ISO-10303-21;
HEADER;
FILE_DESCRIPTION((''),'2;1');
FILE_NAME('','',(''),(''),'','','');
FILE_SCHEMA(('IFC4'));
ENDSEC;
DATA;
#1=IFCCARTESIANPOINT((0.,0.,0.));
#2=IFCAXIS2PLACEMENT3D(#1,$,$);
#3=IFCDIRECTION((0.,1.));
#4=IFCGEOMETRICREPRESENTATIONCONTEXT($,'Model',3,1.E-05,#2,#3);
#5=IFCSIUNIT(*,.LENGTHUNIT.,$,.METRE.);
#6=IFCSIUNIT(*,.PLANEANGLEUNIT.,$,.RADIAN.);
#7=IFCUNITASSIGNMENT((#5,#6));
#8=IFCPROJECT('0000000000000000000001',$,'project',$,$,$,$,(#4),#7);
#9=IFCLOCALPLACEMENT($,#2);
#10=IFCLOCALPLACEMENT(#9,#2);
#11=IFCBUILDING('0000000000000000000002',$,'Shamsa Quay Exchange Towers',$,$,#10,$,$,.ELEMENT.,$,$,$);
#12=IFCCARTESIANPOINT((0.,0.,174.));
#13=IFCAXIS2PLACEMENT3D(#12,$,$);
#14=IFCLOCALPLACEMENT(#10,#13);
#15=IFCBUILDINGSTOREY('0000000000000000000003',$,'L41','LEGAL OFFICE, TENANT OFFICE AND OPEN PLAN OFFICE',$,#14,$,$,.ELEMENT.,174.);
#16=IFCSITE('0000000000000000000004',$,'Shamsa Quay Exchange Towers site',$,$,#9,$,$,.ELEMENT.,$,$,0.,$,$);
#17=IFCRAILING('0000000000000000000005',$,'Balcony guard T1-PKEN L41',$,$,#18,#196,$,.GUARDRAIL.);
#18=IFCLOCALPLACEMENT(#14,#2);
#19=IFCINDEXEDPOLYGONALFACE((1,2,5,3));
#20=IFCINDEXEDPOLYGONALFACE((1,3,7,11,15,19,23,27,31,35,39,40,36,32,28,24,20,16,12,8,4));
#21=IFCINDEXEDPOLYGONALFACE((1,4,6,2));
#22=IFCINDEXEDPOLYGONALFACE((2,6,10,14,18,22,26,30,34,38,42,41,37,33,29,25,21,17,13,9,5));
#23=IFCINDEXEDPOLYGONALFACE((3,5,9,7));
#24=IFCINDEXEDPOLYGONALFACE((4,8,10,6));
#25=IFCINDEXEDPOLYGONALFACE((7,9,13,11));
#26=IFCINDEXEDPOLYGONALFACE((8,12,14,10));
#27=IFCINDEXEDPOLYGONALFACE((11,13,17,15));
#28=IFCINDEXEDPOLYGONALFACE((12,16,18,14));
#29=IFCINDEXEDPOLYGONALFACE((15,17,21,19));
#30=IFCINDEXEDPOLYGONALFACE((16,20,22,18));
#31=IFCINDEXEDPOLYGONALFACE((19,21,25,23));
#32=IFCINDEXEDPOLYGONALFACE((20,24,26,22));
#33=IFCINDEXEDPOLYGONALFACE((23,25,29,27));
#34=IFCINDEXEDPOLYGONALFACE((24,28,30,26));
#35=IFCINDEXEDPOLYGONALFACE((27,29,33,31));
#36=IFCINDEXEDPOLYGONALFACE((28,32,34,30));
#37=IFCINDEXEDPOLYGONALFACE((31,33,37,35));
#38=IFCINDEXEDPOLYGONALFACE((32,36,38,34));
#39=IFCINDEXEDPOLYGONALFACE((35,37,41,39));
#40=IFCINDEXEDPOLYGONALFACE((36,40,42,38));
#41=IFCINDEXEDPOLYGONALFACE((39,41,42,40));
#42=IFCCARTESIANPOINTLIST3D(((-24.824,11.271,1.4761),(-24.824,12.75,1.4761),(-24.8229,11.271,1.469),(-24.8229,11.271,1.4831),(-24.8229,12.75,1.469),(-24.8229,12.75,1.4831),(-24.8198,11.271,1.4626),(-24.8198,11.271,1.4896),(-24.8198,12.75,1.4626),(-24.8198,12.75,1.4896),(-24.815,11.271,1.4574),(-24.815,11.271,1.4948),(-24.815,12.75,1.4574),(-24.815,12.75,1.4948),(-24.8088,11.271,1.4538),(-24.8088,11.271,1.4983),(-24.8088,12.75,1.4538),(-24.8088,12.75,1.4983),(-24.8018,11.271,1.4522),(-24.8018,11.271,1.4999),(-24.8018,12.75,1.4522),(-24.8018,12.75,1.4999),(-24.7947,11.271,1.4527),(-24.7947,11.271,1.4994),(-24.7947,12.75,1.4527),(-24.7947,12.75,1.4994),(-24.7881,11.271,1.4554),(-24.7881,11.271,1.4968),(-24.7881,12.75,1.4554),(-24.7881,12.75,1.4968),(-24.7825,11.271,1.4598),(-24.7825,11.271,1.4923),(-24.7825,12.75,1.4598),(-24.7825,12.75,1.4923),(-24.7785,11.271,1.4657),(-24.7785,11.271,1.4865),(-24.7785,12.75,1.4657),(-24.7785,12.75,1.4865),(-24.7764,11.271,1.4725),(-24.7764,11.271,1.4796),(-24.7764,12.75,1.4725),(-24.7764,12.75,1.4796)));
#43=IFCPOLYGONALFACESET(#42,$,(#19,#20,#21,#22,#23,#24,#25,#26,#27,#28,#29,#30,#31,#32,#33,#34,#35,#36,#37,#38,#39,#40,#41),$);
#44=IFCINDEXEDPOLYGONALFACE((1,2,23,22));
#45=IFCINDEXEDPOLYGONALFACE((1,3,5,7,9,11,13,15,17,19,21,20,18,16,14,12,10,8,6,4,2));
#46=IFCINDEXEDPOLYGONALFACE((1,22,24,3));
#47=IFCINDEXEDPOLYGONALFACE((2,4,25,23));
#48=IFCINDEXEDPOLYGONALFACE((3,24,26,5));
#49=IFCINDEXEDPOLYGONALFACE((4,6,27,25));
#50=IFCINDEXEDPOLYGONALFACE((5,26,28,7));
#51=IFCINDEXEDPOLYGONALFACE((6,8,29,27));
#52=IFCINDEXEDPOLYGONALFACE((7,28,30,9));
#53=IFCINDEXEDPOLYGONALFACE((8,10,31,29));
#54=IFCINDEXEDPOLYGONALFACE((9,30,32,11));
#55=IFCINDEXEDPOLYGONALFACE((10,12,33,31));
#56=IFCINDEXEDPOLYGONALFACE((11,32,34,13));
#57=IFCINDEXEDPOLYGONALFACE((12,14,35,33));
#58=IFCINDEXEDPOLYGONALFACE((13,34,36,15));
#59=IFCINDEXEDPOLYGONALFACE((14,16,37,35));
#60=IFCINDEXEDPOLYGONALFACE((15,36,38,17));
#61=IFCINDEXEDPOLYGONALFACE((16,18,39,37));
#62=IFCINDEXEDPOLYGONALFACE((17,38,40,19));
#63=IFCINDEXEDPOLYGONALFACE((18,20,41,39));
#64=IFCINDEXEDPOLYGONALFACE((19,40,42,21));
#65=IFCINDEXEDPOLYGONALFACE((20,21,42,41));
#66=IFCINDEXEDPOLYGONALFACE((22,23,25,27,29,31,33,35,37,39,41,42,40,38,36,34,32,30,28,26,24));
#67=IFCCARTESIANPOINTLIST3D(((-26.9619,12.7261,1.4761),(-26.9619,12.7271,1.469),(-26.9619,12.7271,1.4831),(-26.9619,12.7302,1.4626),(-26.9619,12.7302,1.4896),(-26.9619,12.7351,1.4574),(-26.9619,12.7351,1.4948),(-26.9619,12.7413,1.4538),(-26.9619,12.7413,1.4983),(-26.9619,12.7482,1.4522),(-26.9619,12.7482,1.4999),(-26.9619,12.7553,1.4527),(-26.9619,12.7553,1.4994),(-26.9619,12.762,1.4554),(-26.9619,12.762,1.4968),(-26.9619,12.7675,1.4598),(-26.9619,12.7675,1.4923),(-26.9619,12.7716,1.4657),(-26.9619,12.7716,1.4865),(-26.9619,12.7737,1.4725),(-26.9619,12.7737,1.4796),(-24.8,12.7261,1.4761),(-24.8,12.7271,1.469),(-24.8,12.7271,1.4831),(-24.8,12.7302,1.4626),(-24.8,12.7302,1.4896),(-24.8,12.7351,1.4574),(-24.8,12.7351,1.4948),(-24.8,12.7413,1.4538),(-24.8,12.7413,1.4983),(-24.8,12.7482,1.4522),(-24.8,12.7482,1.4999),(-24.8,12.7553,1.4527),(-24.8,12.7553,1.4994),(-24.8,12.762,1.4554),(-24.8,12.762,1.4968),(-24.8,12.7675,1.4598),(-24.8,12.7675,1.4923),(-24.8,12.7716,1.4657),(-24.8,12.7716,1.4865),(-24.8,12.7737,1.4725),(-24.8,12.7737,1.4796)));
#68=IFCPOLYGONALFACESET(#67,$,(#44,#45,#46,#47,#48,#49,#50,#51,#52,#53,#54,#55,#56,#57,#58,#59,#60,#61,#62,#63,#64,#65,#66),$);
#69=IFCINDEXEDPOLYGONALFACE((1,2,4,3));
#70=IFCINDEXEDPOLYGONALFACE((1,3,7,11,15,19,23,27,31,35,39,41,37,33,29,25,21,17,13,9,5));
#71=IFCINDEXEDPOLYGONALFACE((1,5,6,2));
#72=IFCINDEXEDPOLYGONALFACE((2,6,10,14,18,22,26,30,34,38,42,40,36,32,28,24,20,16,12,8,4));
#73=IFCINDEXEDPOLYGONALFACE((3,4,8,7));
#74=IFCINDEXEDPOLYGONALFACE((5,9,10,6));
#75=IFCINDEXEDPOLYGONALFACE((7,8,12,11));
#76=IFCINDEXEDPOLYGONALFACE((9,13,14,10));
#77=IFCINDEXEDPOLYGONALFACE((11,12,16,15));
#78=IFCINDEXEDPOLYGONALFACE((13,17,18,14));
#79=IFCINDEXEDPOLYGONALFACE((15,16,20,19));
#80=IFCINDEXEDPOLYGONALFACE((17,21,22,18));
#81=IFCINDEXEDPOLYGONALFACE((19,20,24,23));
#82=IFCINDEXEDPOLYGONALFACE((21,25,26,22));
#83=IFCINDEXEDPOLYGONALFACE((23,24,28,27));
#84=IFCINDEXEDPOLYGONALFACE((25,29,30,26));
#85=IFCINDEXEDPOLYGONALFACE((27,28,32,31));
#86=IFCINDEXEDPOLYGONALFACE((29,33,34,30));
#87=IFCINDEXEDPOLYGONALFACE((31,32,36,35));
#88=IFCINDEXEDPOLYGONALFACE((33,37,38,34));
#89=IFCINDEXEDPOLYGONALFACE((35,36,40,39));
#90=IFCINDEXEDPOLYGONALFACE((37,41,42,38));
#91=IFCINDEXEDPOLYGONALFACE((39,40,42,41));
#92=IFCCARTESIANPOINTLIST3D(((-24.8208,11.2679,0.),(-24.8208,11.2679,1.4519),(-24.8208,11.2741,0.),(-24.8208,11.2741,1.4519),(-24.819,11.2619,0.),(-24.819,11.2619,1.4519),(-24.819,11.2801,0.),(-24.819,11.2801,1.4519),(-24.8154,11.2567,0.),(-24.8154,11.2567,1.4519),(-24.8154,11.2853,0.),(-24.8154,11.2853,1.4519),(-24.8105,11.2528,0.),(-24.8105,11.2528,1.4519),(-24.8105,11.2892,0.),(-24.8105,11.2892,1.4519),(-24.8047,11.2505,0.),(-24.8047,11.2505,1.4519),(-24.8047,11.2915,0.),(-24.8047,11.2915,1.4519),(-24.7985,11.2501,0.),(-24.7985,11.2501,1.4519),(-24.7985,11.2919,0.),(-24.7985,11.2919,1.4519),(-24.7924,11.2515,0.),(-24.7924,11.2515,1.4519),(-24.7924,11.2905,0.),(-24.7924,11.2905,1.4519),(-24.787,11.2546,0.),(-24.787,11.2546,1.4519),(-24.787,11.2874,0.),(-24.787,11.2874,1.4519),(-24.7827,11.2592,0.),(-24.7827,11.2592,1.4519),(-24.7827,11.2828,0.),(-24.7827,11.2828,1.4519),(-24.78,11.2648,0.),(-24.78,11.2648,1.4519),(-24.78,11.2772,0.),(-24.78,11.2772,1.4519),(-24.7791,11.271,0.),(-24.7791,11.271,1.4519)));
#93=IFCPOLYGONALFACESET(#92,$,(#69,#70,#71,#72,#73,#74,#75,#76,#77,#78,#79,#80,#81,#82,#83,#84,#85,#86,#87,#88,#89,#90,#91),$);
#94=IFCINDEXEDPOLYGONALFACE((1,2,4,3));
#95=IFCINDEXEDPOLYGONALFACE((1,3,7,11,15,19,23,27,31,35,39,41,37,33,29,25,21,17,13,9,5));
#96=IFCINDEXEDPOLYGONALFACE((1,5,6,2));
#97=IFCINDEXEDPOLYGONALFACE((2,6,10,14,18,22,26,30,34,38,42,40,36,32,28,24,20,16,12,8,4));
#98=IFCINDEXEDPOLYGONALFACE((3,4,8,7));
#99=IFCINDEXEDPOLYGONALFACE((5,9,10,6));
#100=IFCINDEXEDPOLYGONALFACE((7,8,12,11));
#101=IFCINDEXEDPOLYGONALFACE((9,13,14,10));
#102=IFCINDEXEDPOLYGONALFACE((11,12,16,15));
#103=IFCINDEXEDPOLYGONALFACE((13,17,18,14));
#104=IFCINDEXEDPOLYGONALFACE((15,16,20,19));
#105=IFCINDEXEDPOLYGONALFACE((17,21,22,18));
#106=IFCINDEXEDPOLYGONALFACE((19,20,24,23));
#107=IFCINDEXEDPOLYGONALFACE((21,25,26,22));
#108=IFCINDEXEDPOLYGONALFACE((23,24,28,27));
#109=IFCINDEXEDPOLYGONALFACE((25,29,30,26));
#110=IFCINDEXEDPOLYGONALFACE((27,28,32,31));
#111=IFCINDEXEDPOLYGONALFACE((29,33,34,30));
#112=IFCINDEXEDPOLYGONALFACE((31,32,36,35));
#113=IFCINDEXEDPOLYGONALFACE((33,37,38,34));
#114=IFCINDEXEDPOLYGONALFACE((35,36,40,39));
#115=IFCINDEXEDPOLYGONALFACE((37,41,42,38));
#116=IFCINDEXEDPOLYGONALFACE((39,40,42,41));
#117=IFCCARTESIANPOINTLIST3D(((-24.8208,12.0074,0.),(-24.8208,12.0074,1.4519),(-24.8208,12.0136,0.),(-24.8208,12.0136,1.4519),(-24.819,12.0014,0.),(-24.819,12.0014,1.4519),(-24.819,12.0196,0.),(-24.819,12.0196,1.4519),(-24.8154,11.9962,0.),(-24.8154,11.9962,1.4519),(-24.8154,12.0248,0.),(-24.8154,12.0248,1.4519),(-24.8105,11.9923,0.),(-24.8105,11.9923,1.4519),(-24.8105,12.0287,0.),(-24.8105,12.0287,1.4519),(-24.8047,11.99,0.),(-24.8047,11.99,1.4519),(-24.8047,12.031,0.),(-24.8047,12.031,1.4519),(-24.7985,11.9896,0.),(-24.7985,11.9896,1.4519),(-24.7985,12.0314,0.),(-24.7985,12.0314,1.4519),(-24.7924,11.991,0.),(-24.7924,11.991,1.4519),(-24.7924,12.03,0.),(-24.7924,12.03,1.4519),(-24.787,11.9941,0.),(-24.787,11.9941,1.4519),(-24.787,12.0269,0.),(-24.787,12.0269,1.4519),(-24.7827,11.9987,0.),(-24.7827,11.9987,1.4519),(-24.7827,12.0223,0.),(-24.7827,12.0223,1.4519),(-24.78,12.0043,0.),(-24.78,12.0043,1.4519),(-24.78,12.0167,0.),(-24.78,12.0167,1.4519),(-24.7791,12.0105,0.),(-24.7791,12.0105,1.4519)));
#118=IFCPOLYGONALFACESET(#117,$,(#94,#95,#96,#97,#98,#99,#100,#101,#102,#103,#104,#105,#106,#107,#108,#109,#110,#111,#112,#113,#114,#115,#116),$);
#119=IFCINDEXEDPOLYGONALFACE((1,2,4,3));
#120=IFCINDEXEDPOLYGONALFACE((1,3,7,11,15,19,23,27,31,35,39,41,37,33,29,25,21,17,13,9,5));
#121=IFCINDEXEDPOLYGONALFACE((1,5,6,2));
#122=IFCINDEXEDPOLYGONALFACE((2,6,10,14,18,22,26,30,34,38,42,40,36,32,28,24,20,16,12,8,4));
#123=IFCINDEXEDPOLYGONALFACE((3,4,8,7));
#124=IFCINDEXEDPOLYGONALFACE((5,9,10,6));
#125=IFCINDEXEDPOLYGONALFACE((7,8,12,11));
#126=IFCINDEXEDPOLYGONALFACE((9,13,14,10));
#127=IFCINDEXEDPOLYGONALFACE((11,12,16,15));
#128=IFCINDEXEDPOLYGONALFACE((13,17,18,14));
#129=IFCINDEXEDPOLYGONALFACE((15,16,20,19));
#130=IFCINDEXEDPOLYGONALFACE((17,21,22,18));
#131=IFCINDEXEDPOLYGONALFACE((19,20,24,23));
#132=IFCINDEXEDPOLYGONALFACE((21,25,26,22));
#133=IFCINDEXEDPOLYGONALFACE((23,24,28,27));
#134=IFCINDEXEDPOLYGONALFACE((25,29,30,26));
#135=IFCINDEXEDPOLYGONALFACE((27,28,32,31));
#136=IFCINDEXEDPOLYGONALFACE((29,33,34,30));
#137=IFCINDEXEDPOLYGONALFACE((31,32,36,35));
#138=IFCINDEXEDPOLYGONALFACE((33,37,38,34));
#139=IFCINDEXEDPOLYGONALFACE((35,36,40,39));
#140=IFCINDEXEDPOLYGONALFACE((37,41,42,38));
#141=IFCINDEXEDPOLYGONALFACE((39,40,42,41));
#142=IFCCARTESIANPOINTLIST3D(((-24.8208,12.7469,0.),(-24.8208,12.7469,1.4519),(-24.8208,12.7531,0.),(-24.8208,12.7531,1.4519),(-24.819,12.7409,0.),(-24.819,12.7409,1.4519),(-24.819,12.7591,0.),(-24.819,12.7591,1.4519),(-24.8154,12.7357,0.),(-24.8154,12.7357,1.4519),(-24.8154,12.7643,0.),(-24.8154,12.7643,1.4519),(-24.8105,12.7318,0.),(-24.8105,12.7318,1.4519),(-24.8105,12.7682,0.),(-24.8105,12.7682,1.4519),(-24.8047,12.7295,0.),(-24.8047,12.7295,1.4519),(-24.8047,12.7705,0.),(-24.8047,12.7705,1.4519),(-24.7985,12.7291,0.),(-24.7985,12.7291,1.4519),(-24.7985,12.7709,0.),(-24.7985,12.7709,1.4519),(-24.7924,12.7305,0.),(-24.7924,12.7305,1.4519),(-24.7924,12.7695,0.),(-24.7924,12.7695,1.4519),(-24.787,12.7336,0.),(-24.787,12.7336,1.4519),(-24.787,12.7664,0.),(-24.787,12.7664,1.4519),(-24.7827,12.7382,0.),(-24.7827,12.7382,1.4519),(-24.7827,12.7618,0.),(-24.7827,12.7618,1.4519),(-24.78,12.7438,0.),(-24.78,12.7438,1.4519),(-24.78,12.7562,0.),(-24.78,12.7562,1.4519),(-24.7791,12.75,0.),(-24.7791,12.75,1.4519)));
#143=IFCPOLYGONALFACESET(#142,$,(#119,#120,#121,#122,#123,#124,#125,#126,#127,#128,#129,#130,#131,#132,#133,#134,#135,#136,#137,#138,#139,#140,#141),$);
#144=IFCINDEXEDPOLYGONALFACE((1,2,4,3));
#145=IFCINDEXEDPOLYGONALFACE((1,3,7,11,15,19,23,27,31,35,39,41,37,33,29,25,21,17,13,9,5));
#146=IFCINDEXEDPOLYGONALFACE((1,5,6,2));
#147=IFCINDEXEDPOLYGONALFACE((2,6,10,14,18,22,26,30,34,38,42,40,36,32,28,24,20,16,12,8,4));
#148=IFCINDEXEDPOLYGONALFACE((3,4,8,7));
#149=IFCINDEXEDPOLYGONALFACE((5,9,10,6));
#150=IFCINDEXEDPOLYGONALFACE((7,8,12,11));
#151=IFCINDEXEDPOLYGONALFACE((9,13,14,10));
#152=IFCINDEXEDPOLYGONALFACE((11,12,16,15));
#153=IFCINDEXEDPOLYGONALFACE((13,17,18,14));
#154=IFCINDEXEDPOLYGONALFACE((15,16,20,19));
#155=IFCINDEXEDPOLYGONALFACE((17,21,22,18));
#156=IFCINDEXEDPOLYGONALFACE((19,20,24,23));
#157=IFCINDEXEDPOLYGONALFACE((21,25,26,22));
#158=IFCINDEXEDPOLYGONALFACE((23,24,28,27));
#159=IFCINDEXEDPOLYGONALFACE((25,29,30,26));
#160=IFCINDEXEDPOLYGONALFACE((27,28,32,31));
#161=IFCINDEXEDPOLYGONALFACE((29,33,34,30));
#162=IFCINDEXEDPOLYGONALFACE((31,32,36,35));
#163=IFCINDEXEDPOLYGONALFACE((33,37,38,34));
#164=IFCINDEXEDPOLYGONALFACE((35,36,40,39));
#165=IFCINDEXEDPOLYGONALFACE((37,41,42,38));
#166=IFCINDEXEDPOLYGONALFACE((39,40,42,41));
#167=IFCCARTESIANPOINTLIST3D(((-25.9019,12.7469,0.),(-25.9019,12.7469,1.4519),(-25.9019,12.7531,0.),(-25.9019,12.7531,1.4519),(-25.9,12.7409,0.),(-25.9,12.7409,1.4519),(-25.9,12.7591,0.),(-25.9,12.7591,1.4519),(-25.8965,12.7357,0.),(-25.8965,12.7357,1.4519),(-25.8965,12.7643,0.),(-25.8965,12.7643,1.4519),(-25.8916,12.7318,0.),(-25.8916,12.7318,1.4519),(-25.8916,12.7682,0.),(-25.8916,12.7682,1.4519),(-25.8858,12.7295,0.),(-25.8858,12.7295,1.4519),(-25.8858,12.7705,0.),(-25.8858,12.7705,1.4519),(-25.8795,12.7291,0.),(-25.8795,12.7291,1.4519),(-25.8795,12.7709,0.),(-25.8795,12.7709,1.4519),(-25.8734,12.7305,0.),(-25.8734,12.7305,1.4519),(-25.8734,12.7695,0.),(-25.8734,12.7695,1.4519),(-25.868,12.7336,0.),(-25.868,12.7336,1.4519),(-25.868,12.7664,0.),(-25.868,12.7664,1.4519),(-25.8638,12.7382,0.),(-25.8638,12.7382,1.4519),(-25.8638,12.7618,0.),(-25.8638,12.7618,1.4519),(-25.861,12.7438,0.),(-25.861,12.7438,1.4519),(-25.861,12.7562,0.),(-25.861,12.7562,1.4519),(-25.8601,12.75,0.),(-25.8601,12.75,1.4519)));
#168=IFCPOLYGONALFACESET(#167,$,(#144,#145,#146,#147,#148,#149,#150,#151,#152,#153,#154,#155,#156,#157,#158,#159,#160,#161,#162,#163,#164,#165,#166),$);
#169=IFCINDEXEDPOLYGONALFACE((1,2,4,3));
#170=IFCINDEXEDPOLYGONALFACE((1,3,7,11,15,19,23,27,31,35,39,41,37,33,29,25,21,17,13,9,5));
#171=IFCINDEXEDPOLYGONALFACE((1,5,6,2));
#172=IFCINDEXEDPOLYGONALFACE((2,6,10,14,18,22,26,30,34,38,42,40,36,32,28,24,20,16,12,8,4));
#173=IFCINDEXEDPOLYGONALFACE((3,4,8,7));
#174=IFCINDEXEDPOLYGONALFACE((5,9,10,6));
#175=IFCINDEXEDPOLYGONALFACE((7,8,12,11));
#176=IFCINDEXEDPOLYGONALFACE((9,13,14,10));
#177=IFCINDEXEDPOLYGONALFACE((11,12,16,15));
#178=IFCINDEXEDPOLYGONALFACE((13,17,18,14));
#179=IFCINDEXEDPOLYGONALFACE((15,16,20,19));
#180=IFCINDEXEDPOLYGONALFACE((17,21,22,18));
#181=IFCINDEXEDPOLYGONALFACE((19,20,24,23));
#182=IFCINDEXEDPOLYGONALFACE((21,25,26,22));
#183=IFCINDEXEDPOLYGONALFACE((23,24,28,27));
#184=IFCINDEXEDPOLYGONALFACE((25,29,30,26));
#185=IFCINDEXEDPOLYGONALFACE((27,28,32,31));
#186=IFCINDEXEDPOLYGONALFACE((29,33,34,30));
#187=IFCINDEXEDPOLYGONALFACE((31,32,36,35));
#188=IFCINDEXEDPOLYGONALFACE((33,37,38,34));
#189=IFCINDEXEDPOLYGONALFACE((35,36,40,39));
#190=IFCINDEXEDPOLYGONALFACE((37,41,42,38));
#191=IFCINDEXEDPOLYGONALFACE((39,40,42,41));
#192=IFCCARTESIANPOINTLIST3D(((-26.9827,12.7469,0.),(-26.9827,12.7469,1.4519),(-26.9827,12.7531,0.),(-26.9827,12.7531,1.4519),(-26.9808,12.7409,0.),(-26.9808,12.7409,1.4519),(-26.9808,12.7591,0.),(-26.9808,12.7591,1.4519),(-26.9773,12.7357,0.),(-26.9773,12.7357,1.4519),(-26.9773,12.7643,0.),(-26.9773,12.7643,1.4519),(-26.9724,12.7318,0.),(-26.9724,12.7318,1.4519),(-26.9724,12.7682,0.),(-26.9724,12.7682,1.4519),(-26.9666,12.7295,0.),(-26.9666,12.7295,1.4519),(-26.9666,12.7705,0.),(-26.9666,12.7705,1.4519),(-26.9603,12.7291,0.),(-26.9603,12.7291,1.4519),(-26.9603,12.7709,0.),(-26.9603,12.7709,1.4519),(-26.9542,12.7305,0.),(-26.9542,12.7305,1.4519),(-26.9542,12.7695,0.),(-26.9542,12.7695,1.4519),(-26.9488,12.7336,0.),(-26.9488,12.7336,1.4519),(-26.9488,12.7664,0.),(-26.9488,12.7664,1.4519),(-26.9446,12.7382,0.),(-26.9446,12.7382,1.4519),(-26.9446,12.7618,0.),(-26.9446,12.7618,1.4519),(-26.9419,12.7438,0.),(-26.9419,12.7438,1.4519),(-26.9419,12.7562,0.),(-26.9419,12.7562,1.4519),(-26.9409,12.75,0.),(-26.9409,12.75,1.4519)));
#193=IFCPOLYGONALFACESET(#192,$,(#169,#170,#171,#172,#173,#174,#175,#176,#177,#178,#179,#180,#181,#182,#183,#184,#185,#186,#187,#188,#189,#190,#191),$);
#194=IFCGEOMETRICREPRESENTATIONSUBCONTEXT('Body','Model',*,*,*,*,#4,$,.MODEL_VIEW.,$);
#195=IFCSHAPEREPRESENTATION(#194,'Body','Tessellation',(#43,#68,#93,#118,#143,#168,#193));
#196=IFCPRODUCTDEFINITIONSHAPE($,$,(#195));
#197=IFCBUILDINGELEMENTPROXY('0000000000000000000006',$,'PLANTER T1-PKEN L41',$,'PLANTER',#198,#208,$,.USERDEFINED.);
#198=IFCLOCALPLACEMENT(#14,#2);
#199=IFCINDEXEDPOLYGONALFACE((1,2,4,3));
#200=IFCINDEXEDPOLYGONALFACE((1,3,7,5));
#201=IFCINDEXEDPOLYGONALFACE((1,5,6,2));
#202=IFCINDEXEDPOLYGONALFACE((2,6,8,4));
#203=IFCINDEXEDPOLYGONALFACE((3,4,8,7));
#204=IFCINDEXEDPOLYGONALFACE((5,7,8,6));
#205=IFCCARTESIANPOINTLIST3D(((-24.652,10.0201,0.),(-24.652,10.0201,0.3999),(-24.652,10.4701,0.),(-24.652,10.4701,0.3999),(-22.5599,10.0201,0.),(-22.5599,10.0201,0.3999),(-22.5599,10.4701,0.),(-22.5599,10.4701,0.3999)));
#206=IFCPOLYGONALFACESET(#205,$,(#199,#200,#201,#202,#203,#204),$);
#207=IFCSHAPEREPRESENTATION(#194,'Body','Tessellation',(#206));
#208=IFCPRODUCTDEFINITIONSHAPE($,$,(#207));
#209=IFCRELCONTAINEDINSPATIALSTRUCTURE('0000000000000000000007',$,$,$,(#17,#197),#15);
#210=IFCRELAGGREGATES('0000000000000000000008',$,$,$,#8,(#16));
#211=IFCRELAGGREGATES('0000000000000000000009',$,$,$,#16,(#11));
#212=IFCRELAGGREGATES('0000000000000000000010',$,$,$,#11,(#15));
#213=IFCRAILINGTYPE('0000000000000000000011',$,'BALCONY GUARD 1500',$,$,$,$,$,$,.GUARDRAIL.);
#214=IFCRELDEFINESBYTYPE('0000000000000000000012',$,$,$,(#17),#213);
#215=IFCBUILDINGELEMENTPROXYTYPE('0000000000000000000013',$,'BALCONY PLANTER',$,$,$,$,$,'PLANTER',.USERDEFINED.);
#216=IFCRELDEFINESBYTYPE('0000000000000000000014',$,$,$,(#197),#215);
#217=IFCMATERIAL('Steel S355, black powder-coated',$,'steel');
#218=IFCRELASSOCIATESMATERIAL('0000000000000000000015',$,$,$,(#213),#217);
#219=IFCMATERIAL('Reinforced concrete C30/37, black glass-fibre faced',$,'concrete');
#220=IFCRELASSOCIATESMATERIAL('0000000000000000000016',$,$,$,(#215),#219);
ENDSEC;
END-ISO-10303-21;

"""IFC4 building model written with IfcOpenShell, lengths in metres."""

from ifc_helpers import new_model, si_unit, direction, frame, origin, origin_2d, place, context, subcontext, project, spatial, rectangle, circle, extrude, material, type_object, element, save


model = new_model("IFC4")

# Units and contexts
model_context = context("Model", 3, precision=1e-05, world=origin(), true_north=direction((0.0, 1.0)))
body_context = subcontext(model_context, "Body", "Model", "MODEL_VIEW")
ifc_project = project(units=[si_unit("LENGTHUNIT", "METRE"), si_unit("PLANEANGLEUNIT", "RADIAN")], contexts=[model_context])

# Site, building, storey
site_placement = place(None, origin())
site = spatial("IfcSite", under=ifc_project, at=site_placement, Name="Shamsa Quay Exchange Towers site", CompositionType="ELEMENT", RefElevation=0.0)
building_placement = place(site_placement, origin())
building = spatial("IfcBuilding", under=site, at=building_placement, Name="Shamsa Quay Exchange Towers", CompositionType="ELEMENT")
storey_placement = place(building_placement, frame((0.0, 0.0, 174.0)))
storey = spatial("IfcBuildingStorey", under=building, at=storey_placement, Name="L41", Description="LEGAL OFFICE, TENANT OFFICE AND OPEN PLAN OFFICE", CompositionType="ELEMENT", Elevation=174.0)

# Railing
ifc_material_1 = material(Name="Steel S355, black powder-coated", Category="steel")
railing_type = type_object("IfcRailingType", Name="BALCONY GUARD 1500", PredefinedType="GUARDRAIL", material=ifc_material_1)
for number, where, name in (
    (1, (-24.8, 11.271, 0.0), "Balcony guard T1-PKEN L41"),
):
    element("IfcRailing", number, at=place(storey_placement, frame(where)), inside=storey, type_object=railing_type, Name=name, PredefinedType="GUARDRAIL", context=body_context, shape_type="SweptSolid", body=[
        extrude(circle(Radius=0.0239, at=origin_2d()), frame((0.0, 0.0, 1.4761), z_axis=(0.0, 1.0, 0.0), x_axis=(-1.0, 0.0, 0.0)), (0.0, 0.0, 1.0), 1.479),
        extrude(circle(Radius=0.0239, at=origin_2d()), frame((0.0, 1.479, 1.4761), z_axis=(-1.0, 0.0, 0.0), x_axis=(0.0, -1.0, 0.0)), (0.0, 0.0, 1.0), 2.1619),
        extrude(circle(Radius=0.021, at=origin_2d()), origin(), (0.0, 0.0, 1.0), 1.4519),
        extrude(circle(Radius=0.021, at=origin_2d()), frame((0.0, 0.7395, 0.0)), (0.0, 0.0, 1.0), 1.4519),
        extrude(circle(Radius=0.021, at=origin_2d()), frame((0.0, 1.479, 0.0)), (0.0, 0.0, 1.0), 1.4519),
        extrude(circle(Radius=0.021, at=origin_2d()), frame((-1.0811, 1.479, 0.0)), (0.0, 0.0, 1.0), 1.4519),
        extrude(circle(Radius=0.021, at=origin_2d()), frame((-2.1619, 1.479, 0.0)), (0.0, 0.0, 1.0), 1.4519),
    ])

# Building element proxy
ifc_material_2 = material(Name="Reinforced concrete C30/37, black glass-fibre faced", Category="concrete")
building_element_proxy_type = type_object("IfcBuildingElementProxyType", Name="BALCONY PLANTER", ElementType="PLANTER", PredefinedType="USERDEFINED", material=ifc_material_2)
for number, where, z_axis, x_axis, name in (
    (2, (-23.606, 10.2451, 0.0), (0.0, 0.0, 1.0), (-1.0, 0.0, 0.0), "PLANTER T1-PKEN L41"),
):
    element("IfcBuildingElementProxy", number, at=place(storey_placement, frame(where, z_axis=z_axis, x_axis=x_axis)), inside=storey, type_object=building_element_proxy_type, Name=name, ObjectType="PLANTER", PredefinedType="USERDEFINED", context=body_context, shape_type="SweptSolid", body=[
        extrude(rectangle(XDim=2.092, YDim=0.45, at=origin_2d()), origin(), (0.0, 0.0, 1.0), 0.3999),
    ])

save(model, "model.ifc")
